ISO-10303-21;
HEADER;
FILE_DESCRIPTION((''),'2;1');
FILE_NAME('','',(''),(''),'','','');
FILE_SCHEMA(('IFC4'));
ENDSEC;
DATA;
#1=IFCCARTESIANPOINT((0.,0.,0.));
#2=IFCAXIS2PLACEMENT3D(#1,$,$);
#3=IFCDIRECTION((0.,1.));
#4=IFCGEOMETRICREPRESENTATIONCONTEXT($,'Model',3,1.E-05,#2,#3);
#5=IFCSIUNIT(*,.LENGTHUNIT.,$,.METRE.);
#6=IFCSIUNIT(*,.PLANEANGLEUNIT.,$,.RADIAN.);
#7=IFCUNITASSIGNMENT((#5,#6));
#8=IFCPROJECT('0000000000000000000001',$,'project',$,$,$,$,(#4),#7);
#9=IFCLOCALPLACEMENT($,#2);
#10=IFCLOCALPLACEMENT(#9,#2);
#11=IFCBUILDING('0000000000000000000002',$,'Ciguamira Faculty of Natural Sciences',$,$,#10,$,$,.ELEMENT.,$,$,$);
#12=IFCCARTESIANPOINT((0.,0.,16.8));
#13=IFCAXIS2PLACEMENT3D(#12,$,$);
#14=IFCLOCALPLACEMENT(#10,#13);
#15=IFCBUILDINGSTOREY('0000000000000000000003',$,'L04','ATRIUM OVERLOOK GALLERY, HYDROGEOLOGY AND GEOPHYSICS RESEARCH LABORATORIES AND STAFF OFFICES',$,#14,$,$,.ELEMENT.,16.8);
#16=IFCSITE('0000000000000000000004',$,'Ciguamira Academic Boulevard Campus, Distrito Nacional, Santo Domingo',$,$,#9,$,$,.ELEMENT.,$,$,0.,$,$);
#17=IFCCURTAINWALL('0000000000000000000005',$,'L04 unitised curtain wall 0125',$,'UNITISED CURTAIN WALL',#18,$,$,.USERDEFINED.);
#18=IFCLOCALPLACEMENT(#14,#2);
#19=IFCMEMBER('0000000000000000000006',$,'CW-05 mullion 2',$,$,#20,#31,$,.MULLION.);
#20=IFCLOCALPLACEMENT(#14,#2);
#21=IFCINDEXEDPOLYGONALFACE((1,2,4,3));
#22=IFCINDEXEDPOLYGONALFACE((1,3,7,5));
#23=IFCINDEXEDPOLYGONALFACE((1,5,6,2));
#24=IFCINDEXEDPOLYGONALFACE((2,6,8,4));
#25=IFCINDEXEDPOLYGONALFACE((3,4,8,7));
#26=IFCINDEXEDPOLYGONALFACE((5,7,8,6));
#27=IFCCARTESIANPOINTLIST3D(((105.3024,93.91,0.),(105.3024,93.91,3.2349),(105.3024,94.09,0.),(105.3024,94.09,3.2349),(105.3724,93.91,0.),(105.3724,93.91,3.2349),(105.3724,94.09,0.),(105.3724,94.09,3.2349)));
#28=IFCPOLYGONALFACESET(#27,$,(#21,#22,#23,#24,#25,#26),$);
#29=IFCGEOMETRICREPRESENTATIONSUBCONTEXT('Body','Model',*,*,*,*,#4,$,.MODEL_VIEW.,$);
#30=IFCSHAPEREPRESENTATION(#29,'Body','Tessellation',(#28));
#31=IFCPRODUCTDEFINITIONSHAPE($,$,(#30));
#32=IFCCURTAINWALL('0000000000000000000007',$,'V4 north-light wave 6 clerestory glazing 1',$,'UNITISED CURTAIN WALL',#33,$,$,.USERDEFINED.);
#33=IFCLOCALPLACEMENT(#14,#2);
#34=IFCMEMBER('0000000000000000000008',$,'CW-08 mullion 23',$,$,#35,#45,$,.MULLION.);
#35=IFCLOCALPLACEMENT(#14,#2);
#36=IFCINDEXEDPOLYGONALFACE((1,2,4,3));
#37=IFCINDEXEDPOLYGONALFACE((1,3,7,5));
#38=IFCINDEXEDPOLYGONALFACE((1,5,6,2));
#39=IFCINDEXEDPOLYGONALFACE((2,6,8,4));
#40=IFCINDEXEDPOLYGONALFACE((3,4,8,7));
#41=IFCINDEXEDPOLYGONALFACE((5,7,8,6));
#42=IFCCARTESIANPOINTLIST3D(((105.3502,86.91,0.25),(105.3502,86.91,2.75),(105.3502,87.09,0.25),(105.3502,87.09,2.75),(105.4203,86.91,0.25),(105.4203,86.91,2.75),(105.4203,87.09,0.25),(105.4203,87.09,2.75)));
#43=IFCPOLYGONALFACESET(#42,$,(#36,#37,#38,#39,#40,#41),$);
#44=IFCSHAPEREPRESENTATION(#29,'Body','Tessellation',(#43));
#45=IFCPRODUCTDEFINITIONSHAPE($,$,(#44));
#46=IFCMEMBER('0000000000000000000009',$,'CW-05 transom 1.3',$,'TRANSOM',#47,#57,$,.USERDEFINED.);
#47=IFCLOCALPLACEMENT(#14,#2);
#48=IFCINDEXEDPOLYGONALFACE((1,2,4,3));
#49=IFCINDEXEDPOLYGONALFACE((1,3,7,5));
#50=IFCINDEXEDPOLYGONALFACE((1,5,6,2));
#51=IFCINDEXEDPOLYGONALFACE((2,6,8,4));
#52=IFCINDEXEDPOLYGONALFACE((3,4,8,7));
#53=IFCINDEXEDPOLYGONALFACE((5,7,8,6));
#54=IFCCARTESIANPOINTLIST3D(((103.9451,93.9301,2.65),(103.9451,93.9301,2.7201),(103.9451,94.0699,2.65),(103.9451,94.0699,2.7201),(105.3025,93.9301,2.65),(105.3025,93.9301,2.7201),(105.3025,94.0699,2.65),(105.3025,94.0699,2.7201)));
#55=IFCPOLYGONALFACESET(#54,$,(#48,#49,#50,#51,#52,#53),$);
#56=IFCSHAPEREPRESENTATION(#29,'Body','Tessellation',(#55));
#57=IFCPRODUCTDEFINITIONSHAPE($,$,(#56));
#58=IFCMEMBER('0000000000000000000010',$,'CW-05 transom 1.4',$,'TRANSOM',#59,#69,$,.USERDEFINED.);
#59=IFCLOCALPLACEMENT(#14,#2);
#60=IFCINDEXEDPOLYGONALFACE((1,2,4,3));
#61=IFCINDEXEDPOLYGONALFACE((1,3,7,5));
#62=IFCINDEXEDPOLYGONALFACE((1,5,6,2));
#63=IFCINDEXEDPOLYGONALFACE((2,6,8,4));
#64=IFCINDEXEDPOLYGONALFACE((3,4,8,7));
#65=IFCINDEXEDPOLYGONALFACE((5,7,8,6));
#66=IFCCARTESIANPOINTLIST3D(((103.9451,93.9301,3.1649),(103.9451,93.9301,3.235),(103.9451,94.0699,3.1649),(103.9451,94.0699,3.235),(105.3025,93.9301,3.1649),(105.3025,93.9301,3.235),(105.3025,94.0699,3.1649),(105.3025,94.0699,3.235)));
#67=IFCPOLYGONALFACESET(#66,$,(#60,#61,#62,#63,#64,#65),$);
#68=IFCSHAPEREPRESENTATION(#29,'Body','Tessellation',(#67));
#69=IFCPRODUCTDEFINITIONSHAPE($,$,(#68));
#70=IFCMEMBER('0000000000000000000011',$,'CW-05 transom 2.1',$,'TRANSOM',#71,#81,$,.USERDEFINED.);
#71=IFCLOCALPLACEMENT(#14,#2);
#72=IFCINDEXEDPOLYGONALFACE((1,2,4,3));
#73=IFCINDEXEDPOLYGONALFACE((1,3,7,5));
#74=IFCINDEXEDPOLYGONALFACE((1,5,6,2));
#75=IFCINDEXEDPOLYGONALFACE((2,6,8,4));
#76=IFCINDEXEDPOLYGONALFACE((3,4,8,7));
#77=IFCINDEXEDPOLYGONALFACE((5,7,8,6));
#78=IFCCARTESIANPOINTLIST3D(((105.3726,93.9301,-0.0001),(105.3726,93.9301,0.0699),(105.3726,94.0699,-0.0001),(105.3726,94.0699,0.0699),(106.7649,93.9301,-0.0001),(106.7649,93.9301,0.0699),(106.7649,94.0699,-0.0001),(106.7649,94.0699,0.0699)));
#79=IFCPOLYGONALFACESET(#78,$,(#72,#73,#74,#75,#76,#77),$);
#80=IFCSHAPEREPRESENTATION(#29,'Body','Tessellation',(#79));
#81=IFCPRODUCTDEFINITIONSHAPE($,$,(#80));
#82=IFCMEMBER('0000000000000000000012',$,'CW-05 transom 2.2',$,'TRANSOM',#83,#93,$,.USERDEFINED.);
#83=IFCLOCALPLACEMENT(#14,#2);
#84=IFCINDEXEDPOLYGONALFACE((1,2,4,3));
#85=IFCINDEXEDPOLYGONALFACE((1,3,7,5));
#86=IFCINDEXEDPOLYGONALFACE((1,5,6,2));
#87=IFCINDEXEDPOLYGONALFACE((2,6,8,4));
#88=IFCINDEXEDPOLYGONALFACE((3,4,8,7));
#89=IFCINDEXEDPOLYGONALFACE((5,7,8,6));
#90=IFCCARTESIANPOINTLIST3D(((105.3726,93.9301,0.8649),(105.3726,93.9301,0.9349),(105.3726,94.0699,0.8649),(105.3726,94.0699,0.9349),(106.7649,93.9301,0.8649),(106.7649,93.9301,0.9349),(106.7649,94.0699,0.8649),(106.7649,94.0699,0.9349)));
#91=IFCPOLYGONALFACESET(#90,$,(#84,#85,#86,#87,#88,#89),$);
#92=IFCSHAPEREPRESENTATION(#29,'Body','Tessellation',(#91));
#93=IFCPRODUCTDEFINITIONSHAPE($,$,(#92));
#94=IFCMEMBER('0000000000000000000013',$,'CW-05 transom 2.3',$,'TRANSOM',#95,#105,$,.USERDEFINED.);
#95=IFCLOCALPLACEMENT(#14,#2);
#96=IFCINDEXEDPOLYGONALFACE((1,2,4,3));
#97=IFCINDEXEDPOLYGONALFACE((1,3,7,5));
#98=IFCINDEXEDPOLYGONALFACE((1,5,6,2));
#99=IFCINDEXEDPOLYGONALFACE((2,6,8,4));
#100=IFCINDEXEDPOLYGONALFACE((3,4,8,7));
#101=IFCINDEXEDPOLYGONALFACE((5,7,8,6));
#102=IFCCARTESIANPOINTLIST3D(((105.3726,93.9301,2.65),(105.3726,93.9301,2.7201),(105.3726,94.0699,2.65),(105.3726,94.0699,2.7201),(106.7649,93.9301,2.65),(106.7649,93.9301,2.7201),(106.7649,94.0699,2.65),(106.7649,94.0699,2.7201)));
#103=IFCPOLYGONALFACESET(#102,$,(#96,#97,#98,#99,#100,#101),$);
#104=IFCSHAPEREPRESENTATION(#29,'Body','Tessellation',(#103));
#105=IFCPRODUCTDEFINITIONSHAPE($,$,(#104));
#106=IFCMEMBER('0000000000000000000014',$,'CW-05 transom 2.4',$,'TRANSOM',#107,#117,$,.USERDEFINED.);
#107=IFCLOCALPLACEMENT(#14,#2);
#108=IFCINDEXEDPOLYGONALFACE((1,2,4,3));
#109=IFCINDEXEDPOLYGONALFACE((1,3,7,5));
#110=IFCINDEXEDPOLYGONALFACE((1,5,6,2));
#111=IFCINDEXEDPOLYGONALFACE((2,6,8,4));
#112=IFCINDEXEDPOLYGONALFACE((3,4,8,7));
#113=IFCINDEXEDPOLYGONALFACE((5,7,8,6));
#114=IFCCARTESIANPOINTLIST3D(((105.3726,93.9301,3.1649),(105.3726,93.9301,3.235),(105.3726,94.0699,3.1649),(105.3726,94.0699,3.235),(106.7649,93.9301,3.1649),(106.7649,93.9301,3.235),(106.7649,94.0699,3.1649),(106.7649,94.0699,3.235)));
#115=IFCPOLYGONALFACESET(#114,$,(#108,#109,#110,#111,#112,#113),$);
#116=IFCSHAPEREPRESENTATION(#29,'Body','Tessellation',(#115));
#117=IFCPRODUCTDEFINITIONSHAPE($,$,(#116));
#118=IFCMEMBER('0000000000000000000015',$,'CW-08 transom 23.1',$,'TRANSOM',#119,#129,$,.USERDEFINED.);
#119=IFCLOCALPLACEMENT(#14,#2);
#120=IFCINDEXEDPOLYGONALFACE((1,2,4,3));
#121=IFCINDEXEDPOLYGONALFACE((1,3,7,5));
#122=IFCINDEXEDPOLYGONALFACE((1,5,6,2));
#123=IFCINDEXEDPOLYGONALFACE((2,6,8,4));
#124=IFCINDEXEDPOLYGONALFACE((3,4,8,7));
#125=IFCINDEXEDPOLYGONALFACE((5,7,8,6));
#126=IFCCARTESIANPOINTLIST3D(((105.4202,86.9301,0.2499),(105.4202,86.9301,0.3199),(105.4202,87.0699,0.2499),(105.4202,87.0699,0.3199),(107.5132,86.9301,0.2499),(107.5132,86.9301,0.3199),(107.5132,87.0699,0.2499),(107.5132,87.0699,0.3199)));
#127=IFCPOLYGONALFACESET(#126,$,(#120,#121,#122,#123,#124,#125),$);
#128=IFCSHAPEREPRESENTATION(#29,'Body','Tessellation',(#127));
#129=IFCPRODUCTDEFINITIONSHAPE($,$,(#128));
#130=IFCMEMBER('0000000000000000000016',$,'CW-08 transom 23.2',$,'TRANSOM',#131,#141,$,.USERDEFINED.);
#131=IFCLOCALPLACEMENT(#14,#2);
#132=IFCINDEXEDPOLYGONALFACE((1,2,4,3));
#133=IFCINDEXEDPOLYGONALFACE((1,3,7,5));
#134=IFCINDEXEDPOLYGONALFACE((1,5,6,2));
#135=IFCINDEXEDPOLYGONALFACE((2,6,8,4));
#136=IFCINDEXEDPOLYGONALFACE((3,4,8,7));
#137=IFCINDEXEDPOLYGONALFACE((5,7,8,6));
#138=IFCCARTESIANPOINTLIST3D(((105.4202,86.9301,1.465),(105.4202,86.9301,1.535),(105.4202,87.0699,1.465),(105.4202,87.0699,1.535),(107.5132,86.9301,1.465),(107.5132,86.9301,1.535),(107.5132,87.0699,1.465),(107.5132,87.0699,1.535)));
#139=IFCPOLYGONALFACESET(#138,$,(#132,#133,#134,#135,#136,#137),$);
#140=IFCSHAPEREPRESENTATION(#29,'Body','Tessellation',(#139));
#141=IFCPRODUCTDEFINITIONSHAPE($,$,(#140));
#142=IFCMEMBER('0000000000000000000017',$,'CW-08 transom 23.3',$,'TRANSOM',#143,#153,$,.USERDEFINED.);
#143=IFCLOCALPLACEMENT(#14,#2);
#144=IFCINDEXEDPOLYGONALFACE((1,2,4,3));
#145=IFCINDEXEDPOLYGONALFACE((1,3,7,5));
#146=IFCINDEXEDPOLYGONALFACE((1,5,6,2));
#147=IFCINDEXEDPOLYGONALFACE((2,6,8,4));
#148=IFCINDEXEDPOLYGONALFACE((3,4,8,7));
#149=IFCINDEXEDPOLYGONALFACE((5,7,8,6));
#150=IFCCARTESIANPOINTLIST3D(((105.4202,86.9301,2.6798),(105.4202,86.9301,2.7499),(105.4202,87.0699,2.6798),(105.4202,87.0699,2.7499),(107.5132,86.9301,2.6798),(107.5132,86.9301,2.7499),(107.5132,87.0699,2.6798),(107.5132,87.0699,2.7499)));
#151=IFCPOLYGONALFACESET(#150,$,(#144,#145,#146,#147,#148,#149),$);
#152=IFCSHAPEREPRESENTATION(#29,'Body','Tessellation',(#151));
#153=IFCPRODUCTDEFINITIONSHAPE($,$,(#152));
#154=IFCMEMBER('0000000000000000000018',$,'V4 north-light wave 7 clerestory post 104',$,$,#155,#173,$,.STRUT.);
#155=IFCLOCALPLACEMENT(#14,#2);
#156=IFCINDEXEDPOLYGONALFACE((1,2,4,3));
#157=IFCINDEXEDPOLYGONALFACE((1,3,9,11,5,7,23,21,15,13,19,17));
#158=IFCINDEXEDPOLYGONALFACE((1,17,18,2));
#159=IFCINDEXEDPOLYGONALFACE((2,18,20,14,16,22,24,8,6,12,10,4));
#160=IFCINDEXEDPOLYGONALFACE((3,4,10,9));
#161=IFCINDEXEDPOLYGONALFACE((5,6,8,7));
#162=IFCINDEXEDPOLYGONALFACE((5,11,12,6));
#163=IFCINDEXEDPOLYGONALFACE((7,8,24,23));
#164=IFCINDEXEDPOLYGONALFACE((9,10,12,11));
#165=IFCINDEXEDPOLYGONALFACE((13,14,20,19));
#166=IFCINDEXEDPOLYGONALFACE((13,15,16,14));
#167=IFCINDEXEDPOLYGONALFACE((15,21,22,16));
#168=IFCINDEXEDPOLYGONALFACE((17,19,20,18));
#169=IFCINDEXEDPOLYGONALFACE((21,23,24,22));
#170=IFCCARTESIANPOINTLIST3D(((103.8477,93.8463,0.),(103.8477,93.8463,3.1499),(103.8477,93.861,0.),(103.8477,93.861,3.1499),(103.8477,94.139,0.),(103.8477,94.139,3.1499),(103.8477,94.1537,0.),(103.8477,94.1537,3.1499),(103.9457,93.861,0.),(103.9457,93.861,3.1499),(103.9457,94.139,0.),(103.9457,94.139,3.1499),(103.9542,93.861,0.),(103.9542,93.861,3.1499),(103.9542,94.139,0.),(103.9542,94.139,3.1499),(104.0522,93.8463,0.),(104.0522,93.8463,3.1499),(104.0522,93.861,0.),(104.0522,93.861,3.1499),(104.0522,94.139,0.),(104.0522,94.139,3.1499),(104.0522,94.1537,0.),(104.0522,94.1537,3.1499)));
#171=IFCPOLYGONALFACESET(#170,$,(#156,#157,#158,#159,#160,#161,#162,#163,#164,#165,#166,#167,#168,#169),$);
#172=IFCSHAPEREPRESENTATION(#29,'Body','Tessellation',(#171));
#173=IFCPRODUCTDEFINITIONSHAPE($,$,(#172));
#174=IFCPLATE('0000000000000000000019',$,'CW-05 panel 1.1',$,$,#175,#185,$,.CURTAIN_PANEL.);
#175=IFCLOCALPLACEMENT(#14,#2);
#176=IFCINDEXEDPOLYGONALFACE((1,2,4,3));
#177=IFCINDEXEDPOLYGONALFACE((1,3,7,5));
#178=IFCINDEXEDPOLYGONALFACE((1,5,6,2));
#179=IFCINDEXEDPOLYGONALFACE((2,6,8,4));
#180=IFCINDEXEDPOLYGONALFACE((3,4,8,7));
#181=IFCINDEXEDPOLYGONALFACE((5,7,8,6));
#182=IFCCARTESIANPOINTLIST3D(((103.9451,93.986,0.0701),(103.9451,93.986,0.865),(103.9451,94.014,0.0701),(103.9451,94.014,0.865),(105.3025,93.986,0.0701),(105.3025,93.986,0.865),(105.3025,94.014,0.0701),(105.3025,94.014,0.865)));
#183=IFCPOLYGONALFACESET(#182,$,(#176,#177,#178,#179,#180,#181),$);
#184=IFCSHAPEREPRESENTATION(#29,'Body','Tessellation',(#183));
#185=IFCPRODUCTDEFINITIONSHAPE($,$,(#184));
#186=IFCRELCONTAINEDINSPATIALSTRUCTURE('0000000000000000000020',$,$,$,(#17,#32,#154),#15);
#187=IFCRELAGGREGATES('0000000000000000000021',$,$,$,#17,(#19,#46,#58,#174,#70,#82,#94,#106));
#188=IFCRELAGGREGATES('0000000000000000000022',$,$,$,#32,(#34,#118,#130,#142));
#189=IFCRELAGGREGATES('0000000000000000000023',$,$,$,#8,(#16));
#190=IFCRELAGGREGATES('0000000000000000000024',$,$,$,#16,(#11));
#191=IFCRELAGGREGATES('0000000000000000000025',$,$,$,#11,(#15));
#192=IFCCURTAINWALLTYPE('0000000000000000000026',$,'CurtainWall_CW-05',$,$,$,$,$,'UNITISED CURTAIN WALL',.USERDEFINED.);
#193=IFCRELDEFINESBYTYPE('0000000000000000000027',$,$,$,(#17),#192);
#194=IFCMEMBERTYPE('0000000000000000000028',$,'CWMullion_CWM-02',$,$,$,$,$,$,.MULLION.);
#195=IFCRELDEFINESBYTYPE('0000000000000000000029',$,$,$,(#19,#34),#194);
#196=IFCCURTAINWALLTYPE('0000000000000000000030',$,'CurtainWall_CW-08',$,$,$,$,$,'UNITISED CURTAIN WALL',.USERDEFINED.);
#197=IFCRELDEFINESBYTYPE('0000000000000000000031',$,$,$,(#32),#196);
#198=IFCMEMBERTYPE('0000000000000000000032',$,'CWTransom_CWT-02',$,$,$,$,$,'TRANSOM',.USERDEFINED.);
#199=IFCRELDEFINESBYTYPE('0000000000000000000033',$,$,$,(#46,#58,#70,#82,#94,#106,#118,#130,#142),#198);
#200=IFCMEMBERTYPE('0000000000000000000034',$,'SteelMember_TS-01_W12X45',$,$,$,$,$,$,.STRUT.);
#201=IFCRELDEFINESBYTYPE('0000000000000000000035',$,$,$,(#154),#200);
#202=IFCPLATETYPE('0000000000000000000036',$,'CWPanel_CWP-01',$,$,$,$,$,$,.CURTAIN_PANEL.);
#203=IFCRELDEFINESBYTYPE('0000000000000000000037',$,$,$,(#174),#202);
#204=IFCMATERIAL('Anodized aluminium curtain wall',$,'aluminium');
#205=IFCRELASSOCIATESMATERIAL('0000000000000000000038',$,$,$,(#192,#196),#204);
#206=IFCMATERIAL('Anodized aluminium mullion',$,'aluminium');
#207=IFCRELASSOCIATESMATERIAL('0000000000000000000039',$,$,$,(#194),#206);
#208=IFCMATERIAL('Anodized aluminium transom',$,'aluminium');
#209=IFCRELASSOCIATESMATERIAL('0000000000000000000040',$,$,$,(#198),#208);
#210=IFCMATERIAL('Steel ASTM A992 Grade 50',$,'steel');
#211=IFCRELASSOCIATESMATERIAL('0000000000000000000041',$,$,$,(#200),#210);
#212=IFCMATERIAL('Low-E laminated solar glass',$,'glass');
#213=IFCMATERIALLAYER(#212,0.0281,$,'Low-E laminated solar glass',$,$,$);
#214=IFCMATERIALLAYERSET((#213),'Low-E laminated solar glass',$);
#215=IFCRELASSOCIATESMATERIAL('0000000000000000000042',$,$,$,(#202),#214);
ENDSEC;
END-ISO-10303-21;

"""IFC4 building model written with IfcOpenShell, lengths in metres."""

from ifc_helpers import new_model, si_unit, direction, frame, origin, origin_2d, place, context, subcontext, project, spatial, rectangle, i_section, extrude, material, layer, layer_set, material_profile, profile_set, type_object, element, aggregate, save


model = new_model("IFC4")

# Units and contexts
model_context = context("Model", 3, precision=1e-05, world=origin(), true_north=direction((0.0, 1.0)))
body_context = subcontext(model_context, "Body", "Model", "MODEL_VIEW")
ifc_project = project(units=[si_unit("LENGTHUNIT", "METRE"), si_unit("PLANEANGLEUNIT", "RADIAN")], contexts=[model_context])

# Site, building, storey
site_placement = place(None, origin())
site = spatial("IfcSite", under=ifc_project, at=site_placement, Name="Ciguamira Academic Boulevard Campus, Distrito Nacional, Santo Domingo", CompositionType="ELEMENT", RefElevation=0.0)
building_placement = place(site_placement, origin())
building = spatial("IfcBuilding", under=site, at=building_placement, Name="Ciguamira Faculty of Natural Sciences", CompositionType="ELEMENT")
storey_placement = place(building_placement, frame((0.0, 0.0, 16.8)))
storey = spatial("IfcBuildingStorey", under=building, at=storey_placement, Name="L04", Description="ATRIUM OVERLOOK GALLERY, HYDROGEOLOGY AND GEOPHYSICS RESEARCH LABORATORIES AND STAFF OFFICES", CompositionType="ELEMENT", Elevation=16.8)

# Curtain walls, members
ifc_material_1 = material(Name="Anodized aluminium curtain wall", Category="aluminium")
curtain_wall_type_1 = type_object("IfcCurtainWallType", Name="CurtainWall_CW-05", ElementType="UNITISED CURTAIN WALL", PredefinedType="USERDEFINED", material=ifc_material_1)
curtain_wall_1_placement = place(storey_placement, origin())
curtain_wall_1 = element("IfcCurtainWall", 1, at=curtain_wall_1_placement, inside=storey, type_object=curtain_wall_type_1, Name="L04 unitised curtain wall 0125", ObjectType="UNITISED CURTAIN WALL", PredefinedType="USERDEFINED")
ifc_material_2 = material(Name="Anodized aluminium mullion", Category="aluminium")
ifc_material_profile_1 = material_profile(ifc_material_2, rectangle(XDim=0.0701, YDim=0.1799, at=origin_2d()), Name="ALU-MUL-70X180")
ifc_profile_set_1 = profile_set([ifc_material_profile_1], Name="Anodized aluminium mullion")
member_type_1 = type_object("IfcMemberType", Name="CWMullion_CWM-02", PredefinedType="MULLION", material=ifc_profile_set_1)
member_1_placement = place(storey_placement, frame((105.3374, 94.0, 0.0), z_axis=(0.0, 0.0, 1.0), x_axis=(1.0, 0.0, 0.0)))
member_1 = element("IfcMember", 2, at=member_1_placement, type_object=member_type_1, Name="CW-05 mullion 2", PredefinedType="MULLION", context=body_context, shape_type="SweptSolid", body=[
    extrude(rectangle(XDim=0.0701, YDim=0.1799, at=origin_2d()), origin(), (0.0, 0.0, 1.0), 3.2349),
])
curtain_wall_type_2 = type_object("IfcCurtainWallType", Name="CurtainWall_CW-08", ElementType="UNITISED CURTAIN WALL", PredefinedType="USERDEFINED", material=ifc_material_1)
curtain_wall_2_placement = place(storey_placement, origin())
curtain_wall_2 = element("IfcCurtainWall", 3, at=curtain_wall_2_placement, inside=storey, type_object=curtain_wall_type_2, Name="V4 north-light wave 6 clerestory glazing 1", ObjectType="UNITISED CURTAIN WALL", PredefinedType="USERDEFINED")
member_2_placement = place(storey_placement, frame((105.3853, 87.0, 0.25), z_axis=(0.0, 0.0, 1.0), x_axis=(1.0, 0.0, 0.0)))
member_2 = element("IfcMember", 4, at=member_2_placement, type_object=member_type_1, Name="CW-08 mullion 23", PredefinedType="MULLION", context=body_context, shape_type="SweptSolid", body=[
    extrude(rectangle(XDim=0.0701, YDim=0.1799, at=origin_2d()), origin(), (0.0, 0.0, 1.0), 2.5),
])

# Members
ifc_material_3 = material(Name="Anodized aluminium transom", Category="aluminium")
ifc_material_profile_2 = material_profile(ifc_material_3, rectangle(XDim=0.0701, YDim=0.1399, at=origin_2d()), Name="ALU-TRN-70X140")
ifc_profile_set_2 = profile_set([ifc_material_profile_2], Name="Anodized aluminium transom")
member_type_2 = type_object("IfcMemberType", Name="CWTransom_CWT-02", ElementType="TRANSOM", PredefinedType="USERDEFINED", material=ifc_profile_set_2)
member_3_placement = place(storey_placement, frame((103.9451, 94.0, 2.6851), z_axis=(1.0, 0.0, 0.0), x_axis=(0.0, 0.0, 1.0)))
member_3 = element("IfcMember", 5, at=member_3_placement, type_object=member_type_2, Name="CW-05 transom 1.3", ObjectType="TRANSOM", PredefinedType="USERDEFINED", context=body_context, shape_type="SweptSolid", body=[
    extrude(rectangle(XDim=0.0701, YDim=0.1399, at=origin_2d()), origin(), (0.0, 0.0, 1.0), 1.3574),
])
member_4_placement = place(storey_placement, frame((103.9451, 94.0, 3.2), z_axis=(1.0, 0.0, 0.0), x_axis=(0.0, 0.0, 1.0)))
member_4 = element("IfcMember", 6, at=member_4_placement, type_object=member_type_2, Name="CW-05 transom 1.4", ObjectType="TRANSOM", PredefinedType="USERDEFINED", context=body_context, shape_type="SweptSolid", body=[
    extrude(rectangle(XDim=0.0701, YDim=0.1399, at=origin_2d()), origin(), (0.0, 0.0, 1.0), 1.3574),
])
member_5_placement = place(storey_placement, frame((105.3726, 94.0, 0.0349), z_axis=(1.0, 0.0, 0.0), x_axis=(0.0, 0.0, 1.0)))
member_5 = element("IfcMember", 7, at=member_5_placement, type_object=member_type_2, Name="CW-05 transom 2.1", ObjectType="TRANSOM", PredefinedType="USERDEFINED", context=body_context, shape_type="SweptSolid", body=[
    extrude(rectangle(XDim=0.0701, YDim=0.1399, at=origin_2d()), origin(), (0.0, 0.0, 1.0), 1.3923),
])
member_6_placement = place(storey_placement, frame((105.3726, 94.0, 0.8999), z_axis=(1.0, 0.0, 0.0), x_axis=(0.0, 0.0, 1.0)))
member_6 = element("IfcMember", 8, at=member_6_placement, type_object=member_type_2, Name="CW-05 transom 2.2", ObjectType="TRANSOM", PredefinedType="USERDEFINED", context=body_context, shape_type="SweptSolid", body=[
    extrude(rectangle(XDim=0.0701, YDim=0.1399, at=origin_2d()), origin(), (0.0, 0.0, 1.0), 1.3923),
])
member_7_placement = place(storey_placement, frame((105.3726, 94.0, 2.6851), z_axis=(1.0, 0.0, 0.0), x_axis=(0.0, 0.0, 1.0)))
member_7 = element("IfcMember", 9, at=member_7_placement, type_object=member_type_2, Name="CW-05 transom 2.3", ObjectType="TRANSOM", PredefinedType="USERDEFINED", context=body_context, shape_type="SweptSolid", body=[
    extrude(rectangle(XDim=0.0701, YDim=0.1399, at=origin_2d()), origin(), (0.0, 0.0, 1.0), 1.3923),
])
member_8_placement = place(storey_placement, frame((105.3726, 94.0, 3.2), z_axis=(1.0, 0.0, 0.0), x_axis=(0.0, 0.0, 1.0)))
member_8 = element("IfcMember", 10, at=member_8_placement, type_object=member_type_2, Name="CW-05 transom 2.4", ObjectType="TRANSOM", PredefinedType="USERDEFINED", context=body_context, shape_type="SweptSolid", body=[
    extrude(rectangle(XDim=0.0701, YDim=0.1399, at=origin_2d()), origin(), (0.0, 0.0, 1.0), 1.3923),
])
member_9_placement = place(storey_placement, frame((105.4202, 87.0, 0.2849), z_axis=(1.0, 0.0, 0.0), x_axis=(0.0, 0.0, 1.0)))
member_9 = element("IfcMember", 11, at=member_9_placement, type_object=member_type_2, Name="CW-08 transom 23.1", ObjectType="TRANSOM", PredefinedType="USERDEFINED", context=body_context, shape_type="SweptSolid", body=[
    extrude(rectangle(XDim=0.0701, YDim=0.1399, at=origin_2d()), origin(), (0.0, 0.0, 1.0), 2.093),
])
member_10_placement = place(storey_placement, frame((105.4202, 87.0, 1.5), z_axis=(1.0, 0.0, 0.0), x_axis=(0.0, 0.0, 1.0)))
member_10 = element("IfcMember", 12, at=member_10_placement, type_object=member_type_2, Name="CW-08 transom 23.2", ObjectType="TRANSOM", PredefinedType="USERDEFINED", context=body_context, shape_type="SweptSolid", body=[
    extrude(rectangle(XDim=0.0701, YDim=0.1399, at=origin_2d()), origin(), (0.0, 0.0, 1.0), 2.093),
])
member_11_placement = place(storey_placement, frame((105.4202, 87.0, 2.7148), z_axis=(1.0, 0.0, 0.0), x_axis=(0.0, 0.0, 1.0)))
member_11 = element("IfcMember", 13, at=member_11_placement, type_object=member_type_2, Name="CW-08 transom 23.3", ObjectType="TRANSOM", PredefinedType="USERDEFINED", context=body_context, shape_type="SweptSolid", body=[
    extrude(rectangle(XDim=0.0701, YDim=0.1399, at=origin_2d()), origin(), (0.0, 0.0, 1.0), 2.093),
])
ifc_material_4 = material(Name="Steel ASTM A992 Grade 50", Category="steel")
ifc_material_profile_3 = material_profile(ifc_material_4, i_section(OverallWidth=0.2046, OverallDepth=0.3074, WebThickness=0.0085, FlangeThickness=0.0146, at=origin_2d()), Name="W12X45")
ifc_profile_set_3 = profile_set([ifc_material_profile_3], Name="Steel ASTM A992 Grade 50")
member_type_3 = type_object("IfcMemberType", Name="SteelMember_TS-01_W12X45", PredefinedType="STRUT", material=ifc_profile_set_3)
member_12_placement = place(storey_placement, frame((103.95, 94.0, 0.0), z_axis=(0.0, 0.0, 1.0), x_axis=(1.0, 0.0, 0.0)))
element("IfcMember", 14, at=member_12_placement, inside=storey, type_object=member_type_3, Name="V4 north-light wave 7 clerestory post 104", PredefinedType="STRUT", context=body_context, shape_type="SweptSolid", body=[
    extrude(i_section(OverallWidth=0.2046, OverallDepth=0.3074, WebThickness=0.0085, FlangeThickness=0.0146, at=origin_2d()), origin(), (0.0, 0.0, 1.0), 3.1499),
])

# Plate
ifc_material_5 = material(Name="Low-E laminated solar glass", Category="glass")
ifc_layer_1 = layer(ifc_material_5, 0.0281, Name="Low-E laminated solar glass")
ifc_layer_set_1 = layer_set([ifc_layer_1], Name="Low-E laminated solar glass")
plate_type_1 = type_object("IfcPlateType", Name="CWPanel_CWP-01", PredefinedType="CURTAIN_PANEL", material=ifc_layer_set_1)
plate_1_placement = place(storey_placement, frame((104.6238, 94.0, 0.0701), z_axis=(0.0, 0.0, 1.0), x_axis=(1.0, 0.0, 0.0)))
plate_1 = element("IfcPlate", 15, at=plate_1_placement, type_object=plate_type_1, Name="CW-05 panel 1.1", PredefinedType="CURTAIN_PANEL", context=body_context, shape_type="SweptSolid", body=[
    extrude(rectangle(XDim=1.3574, YDim=0.0281, at=origin_2d()), origin(), (0.0, 0.0, 1.0), 0.7949),
])
aggregate(curtain_wall_1, [member_1, member_3, member_4, plate_1, member_5, member_6, member_7, member_8])
aggregate(curtain_wall_2, [member_2, member_9, member_10, member_11])

save(model, "model.ifc")
